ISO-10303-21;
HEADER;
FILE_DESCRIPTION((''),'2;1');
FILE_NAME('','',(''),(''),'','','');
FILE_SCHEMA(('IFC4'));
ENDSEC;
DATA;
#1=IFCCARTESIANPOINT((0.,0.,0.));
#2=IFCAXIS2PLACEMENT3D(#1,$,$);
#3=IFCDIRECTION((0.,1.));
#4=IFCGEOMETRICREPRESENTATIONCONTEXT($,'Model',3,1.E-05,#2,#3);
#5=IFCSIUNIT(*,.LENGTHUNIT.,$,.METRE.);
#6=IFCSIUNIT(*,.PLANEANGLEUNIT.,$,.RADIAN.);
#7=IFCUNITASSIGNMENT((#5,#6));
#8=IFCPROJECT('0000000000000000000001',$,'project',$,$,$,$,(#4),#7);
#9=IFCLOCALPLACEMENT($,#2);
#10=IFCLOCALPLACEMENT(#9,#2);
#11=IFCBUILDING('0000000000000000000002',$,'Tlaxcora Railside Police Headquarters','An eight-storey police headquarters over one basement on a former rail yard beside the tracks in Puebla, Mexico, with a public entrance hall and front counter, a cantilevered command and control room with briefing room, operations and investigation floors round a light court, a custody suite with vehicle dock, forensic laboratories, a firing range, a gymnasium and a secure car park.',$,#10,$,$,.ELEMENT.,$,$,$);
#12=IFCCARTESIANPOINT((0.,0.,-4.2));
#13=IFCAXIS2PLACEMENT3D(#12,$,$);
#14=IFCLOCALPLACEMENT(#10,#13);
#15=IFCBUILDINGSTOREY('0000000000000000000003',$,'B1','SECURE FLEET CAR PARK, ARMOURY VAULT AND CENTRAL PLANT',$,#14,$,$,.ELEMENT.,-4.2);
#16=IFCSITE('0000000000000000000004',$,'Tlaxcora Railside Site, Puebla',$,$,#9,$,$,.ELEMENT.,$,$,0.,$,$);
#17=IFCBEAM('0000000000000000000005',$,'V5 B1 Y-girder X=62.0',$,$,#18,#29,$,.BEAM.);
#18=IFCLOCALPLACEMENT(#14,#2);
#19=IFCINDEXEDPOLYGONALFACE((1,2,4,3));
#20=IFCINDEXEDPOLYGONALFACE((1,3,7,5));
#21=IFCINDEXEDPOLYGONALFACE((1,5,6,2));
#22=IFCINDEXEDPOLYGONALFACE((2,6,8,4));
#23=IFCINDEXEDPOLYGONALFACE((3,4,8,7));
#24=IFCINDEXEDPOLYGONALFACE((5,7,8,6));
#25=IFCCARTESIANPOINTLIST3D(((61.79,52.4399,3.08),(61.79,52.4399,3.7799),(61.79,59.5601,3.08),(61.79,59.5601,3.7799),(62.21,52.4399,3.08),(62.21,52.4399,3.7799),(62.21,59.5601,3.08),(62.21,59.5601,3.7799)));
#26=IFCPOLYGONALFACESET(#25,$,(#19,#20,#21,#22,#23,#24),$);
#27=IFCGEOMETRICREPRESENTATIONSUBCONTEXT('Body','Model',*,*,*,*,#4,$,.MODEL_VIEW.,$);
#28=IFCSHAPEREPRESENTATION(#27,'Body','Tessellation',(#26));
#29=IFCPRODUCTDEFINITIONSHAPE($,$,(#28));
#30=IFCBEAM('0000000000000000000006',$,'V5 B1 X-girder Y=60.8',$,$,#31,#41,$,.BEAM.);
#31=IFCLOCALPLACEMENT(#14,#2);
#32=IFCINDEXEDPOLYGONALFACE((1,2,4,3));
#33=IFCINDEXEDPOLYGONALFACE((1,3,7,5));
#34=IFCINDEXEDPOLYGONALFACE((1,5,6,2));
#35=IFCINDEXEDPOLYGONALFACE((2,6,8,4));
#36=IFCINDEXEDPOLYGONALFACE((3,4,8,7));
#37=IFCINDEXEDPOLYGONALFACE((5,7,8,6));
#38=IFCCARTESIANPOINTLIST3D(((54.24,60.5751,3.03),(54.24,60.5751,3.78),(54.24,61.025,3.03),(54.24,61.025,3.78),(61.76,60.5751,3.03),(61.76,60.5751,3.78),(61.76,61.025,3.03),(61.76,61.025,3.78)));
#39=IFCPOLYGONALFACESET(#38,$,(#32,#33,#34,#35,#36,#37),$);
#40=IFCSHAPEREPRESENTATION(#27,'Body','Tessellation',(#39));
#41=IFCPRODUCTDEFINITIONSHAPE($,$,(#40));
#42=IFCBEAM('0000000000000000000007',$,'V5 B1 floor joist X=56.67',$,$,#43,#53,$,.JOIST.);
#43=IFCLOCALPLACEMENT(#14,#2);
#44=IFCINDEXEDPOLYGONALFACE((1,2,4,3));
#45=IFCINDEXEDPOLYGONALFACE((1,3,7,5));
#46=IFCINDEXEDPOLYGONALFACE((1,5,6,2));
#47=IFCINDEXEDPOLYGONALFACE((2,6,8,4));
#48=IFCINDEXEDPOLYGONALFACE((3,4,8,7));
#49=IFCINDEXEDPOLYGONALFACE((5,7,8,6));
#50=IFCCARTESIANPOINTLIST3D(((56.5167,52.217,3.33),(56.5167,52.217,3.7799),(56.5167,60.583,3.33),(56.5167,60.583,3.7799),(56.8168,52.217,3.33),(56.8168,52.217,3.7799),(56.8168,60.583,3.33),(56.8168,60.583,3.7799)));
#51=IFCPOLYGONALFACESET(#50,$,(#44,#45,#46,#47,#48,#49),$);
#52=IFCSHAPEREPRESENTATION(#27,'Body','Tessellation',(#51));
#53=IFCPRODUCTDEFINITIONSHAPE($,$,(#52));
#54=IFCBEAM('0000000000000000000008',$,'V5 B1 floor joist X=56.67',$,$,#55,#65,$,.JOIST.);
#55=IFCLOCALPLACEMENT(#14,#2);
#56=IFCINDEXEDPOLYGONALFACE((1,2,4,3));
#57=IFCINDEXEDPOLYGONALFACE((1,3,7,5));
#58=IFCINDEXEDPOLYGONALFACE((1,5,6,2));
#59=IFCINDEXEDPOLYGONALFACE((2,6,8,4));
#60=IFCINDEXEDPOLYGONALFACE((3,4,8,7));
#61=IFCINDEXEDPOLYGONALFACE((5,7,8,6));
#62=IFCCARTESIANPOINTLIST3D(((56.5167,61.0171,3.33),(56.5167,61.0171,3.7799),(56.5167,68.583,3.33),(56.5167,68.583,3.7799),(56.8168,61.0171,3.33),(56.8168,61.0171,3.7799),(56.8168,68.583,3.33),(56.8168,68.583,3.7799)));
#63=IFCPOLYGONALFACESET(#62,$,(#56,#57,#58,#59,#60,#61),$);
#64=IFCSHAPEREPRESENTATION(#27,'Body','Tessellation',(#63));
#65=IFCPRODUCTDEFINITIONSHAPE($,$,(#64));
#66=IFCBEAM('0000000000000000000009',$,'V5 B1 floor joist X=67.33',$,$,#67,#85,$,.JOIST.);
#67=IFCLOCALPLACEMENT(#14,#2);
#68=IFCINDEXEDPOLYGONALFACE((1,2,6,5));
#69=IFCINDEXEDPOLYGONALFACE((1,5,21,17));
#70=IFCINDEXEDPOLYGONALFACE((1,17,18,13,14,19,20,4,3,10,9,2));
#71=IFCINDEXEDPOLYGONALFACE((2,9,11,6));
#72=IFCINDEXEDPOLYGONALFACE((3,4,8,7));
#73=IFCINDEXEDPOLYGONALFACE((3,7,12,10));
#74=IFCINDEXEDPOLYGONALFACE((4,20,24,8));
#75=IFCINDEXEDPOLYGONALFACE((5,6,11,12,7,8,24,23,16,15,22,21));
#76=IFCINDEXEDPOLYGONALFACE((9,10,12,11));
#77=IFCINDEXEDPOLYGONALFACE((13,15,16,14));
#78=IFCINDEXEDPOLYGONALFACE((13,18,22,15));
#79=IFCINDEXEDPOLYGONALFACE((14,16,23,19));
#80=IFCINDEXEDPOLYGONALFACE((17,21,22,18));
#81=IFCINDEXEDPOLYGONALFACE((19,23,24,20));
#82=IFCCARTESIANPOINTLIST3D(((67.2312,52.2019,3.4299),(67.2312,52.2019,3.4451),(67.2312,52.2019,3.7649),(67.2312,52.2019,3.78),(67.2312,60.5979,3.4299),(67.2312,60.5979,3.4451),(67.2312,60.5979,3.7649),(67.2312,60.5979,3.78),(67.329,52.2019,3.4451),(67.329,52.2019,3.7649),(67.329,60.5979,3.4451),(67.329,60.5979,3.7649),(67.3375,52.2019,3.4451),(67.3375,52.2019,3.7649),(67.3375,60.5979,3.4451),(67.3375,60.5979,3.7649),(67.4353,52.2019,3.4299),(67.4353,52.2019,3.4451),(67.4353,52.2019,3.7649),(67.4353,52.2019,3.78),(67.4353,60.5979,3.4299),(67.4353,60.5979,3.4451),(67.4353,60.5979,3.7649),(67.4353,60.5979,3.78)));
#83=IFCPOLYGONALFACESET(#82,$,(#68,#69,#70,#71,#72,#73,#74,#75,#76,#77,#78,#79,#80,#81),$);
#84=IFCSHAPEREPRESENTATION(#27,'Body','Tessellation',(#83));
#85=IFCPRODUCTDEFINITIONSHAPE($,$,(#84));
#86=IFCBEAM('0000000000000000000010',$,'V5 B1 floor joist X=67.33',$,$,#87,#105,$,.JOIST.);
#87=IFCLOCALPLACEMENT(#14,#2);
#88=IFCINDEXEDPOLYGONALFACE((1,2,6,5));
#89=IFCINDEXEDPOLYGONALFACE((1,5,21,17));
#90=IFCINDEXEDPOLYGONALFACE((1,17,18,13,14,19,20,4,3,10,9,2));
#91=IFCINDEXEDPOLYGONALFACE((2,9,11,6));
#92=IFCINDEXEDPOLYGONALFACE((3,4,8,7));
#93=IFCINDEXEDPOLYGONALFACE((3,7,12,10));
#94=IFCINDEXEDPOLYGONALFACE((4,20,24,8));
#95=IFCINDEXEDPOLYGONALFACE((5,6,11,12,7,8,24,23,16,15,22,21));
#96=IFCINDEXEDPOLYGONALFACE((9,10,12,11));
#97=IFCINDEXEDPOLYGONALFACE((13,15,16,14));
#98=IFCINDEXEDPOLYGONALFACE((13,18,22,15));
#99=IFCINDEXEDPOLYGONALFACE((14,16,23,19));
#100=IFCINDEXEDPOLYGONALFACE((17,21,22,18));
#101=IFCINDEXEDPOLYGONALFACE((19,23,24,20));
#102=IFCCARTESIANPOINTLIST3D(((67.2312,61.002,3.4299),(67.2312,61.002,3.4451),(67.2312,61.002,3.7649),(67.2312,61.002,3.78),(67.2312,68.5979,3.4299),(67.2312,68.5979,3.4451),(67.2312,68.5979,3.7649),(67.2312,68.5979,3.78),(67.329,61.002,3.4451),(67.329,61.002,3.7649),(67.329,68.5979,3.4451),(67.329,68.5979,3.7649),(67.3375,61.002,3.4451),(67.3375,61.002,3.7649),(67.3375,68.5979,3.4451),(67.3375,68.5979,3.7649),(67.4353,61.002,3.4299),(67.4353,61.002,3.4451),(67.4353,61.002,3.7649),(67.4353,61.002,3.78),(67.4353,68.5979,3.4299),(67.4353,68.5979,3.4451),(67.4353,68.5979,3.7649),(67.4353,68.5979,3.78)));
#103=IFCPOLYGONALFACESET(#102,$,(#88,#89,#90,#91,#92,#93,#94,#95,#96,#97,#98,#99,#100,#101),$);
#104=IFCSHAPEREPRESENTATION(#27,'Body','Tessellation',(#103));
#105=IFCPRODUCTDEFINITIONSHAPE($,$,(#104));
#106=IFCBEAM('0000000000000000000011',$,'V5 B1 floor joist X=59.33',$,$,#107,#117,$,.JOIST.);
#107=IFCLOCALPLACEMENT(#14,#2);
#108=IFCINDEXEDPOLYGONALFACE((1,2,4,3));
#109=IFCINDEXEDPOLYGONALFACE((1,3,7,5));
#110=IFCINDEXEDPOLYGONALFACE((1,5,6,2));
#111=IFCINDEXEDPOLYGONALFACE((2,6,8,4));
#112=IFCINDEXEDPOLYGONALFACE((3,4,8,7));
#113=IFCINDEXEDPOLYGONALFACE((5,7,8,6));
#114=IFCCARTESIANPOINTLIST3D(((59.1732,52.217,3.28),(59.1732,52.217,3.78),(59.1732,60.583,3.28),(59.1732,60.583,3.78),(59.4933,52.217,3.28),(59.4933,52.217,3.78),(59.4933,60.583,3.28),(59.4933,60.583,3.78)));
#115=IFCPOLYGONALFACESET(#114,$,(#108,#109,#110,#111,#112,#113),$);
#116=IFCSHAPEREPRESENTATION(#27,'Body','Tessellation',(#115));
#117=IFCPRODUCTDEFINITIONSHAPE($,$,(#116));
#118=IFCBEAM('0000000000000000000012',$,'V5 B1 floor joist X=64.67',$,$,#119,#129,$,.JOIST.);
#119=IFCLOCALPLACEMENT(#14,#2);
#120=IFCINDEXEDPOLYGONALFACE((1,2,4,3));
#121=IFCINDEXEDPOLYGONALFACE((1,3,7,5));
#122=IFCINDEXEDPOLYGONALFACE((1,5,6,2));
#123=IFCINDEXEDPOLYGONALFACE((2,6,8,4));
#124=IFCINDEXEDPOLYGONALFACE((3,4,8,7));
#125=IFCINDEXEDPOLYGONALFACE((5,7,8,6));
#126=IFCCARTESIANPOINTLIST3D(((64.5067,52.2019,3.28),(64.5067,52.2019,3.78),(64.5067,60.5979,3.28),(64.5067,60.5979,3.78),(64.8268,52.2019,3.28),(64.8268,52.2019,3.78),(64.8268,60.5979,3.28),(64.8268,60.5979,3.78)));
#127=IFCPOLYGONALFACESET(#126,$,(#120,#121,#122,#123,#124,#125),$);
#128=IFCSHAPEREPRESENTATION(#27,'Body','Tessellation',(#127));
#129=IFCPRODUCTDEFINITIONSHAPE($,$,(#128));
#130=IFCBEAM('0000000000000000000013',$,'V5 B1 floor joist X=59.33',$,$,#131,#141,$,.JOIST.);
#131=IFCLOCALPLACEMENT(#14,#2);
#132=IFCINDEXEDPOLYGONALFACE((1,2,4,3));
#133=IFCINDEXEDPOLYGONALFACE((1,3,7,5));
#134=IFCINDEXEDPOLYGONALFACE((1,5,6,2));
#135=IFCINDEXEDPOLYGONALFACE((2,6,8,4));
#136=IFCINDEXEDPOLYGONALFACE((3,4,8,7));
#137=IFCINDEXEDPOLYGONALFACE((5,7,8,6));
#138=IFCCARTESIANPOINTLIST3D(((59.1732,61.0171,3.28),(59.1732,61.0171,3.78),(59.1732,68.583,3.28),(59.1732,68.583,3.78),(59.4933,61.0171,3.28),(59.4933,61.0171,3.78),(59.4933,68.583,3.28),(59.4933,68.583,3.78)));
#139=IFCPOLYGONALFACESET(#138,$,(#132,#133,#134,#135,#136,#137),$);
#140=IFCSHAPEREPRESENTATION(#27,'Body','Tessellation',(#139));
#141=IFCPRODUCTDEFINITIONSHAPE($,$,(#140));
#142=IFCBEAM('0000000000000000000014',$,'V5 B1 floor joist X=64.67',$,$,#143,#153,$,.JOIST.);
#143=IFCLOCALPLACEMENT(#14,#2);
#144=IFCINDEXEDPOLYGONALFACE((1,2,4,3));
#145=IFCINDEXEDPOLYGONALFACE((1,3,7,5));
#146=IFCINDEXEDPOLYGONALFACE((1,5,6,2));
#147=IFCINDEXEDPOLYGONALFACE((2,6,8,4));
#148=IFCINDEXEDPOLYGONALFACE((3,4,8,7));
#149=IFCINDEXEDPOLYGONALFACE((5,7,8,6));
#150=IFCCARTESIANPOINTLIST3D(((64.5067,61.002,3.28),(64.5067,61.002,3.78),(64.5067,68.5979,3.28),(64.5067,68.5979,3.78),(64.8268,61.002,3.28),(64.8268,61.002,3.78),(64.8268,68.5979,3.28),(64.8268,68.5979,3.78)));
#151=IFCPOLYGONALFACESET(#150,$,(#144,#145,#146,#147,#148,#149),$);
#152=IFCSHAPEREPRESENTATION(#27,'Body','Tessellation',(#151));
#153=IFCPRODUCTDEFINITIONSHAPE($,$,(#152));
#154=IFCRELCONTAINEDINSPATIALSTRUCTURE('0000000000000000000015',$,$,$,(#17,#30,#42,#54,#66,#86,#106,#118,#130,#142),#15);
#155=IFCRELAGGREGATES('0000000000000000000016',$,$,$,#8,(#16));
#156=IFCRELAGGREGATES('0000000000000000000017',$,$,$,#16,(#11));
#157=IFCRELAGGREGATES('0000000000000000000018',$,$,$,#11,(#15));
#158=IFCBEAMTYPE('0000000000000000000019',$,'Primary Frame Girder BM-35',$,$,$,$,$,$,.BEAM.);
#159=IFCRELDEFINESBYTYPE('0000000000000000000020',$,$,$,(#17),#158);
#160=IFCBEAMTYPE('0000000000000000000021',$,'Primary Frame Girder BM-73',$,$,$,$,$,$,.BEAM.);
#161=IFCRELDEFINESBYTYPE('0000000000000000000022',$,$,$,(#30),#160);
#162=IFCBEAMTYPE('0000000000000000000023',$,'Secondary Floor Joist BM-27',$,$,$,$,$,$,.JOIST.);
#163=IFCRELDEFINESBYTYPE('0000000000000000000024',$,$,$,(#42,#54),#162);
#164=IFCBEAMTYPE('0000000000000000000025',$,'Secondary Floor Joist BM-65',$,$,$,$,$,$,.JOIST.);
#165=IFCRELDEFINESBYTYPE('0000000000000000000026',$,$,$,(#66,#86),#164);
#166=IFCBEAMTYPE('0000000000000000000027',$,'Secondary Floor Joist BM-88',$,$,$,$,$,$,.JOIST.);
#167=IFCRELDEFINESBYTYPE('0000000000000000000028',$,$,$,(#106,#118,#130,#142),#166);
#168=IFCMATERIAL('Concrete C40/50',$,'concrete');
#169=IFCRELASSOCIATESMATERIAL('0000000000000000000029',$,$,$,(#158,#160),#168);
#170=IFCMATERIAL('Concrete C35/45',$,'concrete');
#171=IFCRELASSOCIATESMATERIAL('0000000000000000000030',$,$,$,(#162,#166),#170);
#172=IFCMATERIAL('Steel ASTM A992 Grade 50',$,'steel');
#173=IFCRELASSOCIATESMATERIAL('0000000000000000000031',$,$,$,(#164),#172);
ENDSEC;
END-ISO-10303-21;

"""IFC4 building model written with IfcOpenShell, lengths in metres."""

from ifc_helpers import new_model, si_unit, direction, frame, origin, origin_2d, place, context, subcontext, project, spatial, rectangle, i_section, extrude, material, material_profile, profile_set, type_object, element, save


model = new_model("IFC4")

# Units and contexts
model_context = context("Model", 3, precision=1e-05, world=origin(), true_north=direction((0.0, 1.0)))
body_context = subcontext(model_context, "Body", "Model", "MODEL_VIEW")
ifc_project = project(units=[si_unit("LENGTHUNIT", "METRE"), si_unit("PLANEANGLEUNIT", "RADIAN")], contexts=[model_context])

# Site, building, storey
site_placement = place(None, origin())
site = spatial("IfcSite", under=ifc_project, at=site_placement, Name="Tlaxcora Railside Site, Puebla", CompositionType="ELEMENT", RefElevation=0.0)
building_placement = place(site_placement, origin())
building = spatial("IfcBuilding", under=site, at=building_placement, Name="Tlaxcora Railside Police Headquarters", Description="An eight-storey police headquarters over one basement on a former rail yard beside the tracks in Puebla, Mexico, with a public entrance hall and front counter, a cantilevered command and control room with briefing room, operations and investigation floors round a light court, a custody suite with vehicle dock, forensic laboratories, a firing range, a gymnasium and a secure car park.", CompositionType="ELEMENT")
storey_placement = place(building_placement, frame((0.0, 0.0, -4.2)))
storey = spatial("IfcBuildingStorey", under=building, at=storey_placement, Name="B1", Description="SECURE FLEET CAR PARK, ARMOURY VAULT AND CENTRAL PLANT", CompositionType="ELEMENT", Elevation=-4.2)

# Shared definitions
ifc_material_1 = material(Name="Concrete C35/45", Category="concrete")

# Shared definitions
ifc_material_2 = material(Name="Concrete C40/50", Category="concrete")

# Beams
ifc_material_profile_1 = material_profile(ifc_material_2, rectangle(XDim=0.4199, YDim=0.7, at=origin_2d()), Name="RC420X700")
ifc_profile_set_1 = profile_set([ifc_material_profile_1], Name="Concrete C40/50")
beam_type_1 = type_object("IfcBeamType", Name="Primary Frame Girder BM-35", PredefinedType="BEAM", material=ifc_profile_set_1)
beam_1_placement = place(storey_placement, frame((62.0, 52.4399, 3.4299), z_axis=(0.0, 1.0, 0.0), x_axis=(-1.0, 0.0, 0.0)))
element("IfcBeam", 1, at=beam_1_placement, inside=storey, type_object=beam_type_1, Name="V5 B1 Y-girder X=62.0", PredefinedType="BEAM", context=body_context, shape_type="SweptSolid", body=[
    extrude(rectangle(XDim=0.4199, YDim=0.7, at=origin_2d()), origin(), (0.0, 0.0, 1.0), 7.1201),
])
ifc_material_profile_2 = material_profile(ifc_material_2, rectangle(XDim=0.45, YDim=0.75, at=origin_2d()), Name="RC450X750")
ifc_profile_set_2 = profile_set([ifc_material_profile_2], Name="Concrete C40/50")
beam_type_2 = type_object("IfcBeamType", Name="Primary Frame Girder BM-73", PredefinedType="BEAM", material=ifc_profile_set_2)
beam_2_placement = place(storey_placement, frame((54.24, 60.8, 3.405), z_axis=(1.0, 0.0, 0.0), x_axis=(0.0, 1.0, 0.0)))
element("IfcBeam", 2, at=beam_2_placement, inside=storey, type_object=beam_type_2, Name="V5 B1 X-girder Y=60.8", PredefinedType="BEAM", context=body_context, shape_type="SweptSolid", body=[
    extrude(rectangle(XDim=0.45, YDim=0.75, at=origin_2d()), origin(), (0.0, 0.0, 1.0), 7.52),
])
ifc_material_profile_3 = material_profile(ifc_material_1, rectangle(XDim=0.3, YDim=0.45, at=origin_2d()), Name="RC300X450")
ifc_profile_set_3 = profile_set([ifc_material_profile_3], Name="Concrete C35/45")
beam_type_3 = type_object("IfcBeamType", Name="Secondary Floor Joist BM-27", PredefinedType="JOIST", material=ifc_profile_set_3)
beam_3_placement = place(storey_placement, frame((56.6667, 52.217, 3.5549), z_axis=(0.0, 1.0, 0.0), x_axis=(-1.0, 0.0, 0.0)))
element("IfcBeam", 3, at=beam_3_placement, inside=storey, type_object=beam_type_3, Name="V5 B1 floor joist X=56.67", PredefinedType="JOIST", context=body_context, shape_type="SweptSolid", body=[
    extrude(rectangle(XDim=0.3, YDim=0.45, at=origin_2d()), origin(), (0.0, 0.0, 1.0), 8.366),
])
beam_4_placement = place(storey_placement, frame((56.6667, 61.0171, 3.5549), z_axis=(0.0, 1.0, 0.0), x_axis=(-1.0, 0.0, 0.0)))
element("IfcBeam", 4, at=beam_4_placement, inside=storey, type_object=beam_type_3, Name="V5 B1 floor joist X=56.67", PredefinedType="JOIST", context=body_context, shape_type="SweptSolid", body=[
    extrude(rectangle(XDim=0.3, YDim=0.45, at=origin_2d()), origin(), (0.0, 0.0, 1.0), 7.5659),
])
ifc_material_3 = material(Name="Steel ASTM A992 Grade 50", Category="steel")
ifc_material_profile_4 = material_profile(ifc_material_3, i_section(OverallWidth=0.2041, OverallDepth=0.3501, WebThickness=0.0085, FlangeThickness=0.0151, at=origin_2d()), Name="W14X48")
ifc_profile_set_4 = profile_set([ifc_material_profile_4], Name="Steel ASTM A992 Grade 50")
beam_type_4 = type_object("IfcBeamType", Name="Secondary Floor Joist BM-65", PredefinedType="JOIST", material=ifc_profile_set_4)
beam_5_placement = place(storey_placement, frame((67.3333, 52.2019, 3.605), z_axis=(0.0, 1.0, 0.0), x_axis=(-1.0, 0.0, 0.0)))
element("IfcBeam", 5, at=beam_5_placement, inside=storey, type_object=beam_type_4, Name="V5 B1 floor joist X=67.33", PredefinedType="JOIST", context=body_context, shape_type="SweptSolid", body=[
    extrude(i_section(OverallWidth=0.2041, OverallDepth=0.3501, WebThickness=0.0085, FlangeThickness=0.0151, at=origin_2d()), origin(), (0.0, 0.0, 1.0), 8.396),
])
beam_6_placement = place(storey_placement, frame((67.3333, 61.002, 3.605), z_axis=(0.0, 1.0, 0.0), x_axis=(-1.0, 0.0, 0.0)))
element("IfcBeam", 6, at=beam_6_placement, inside=storey, type_object=beam_type_4, Name="V5 B1 floor joist X=67.33", PredefinedType="JOIST", context=body_context, shape_type="SweptSolid", body=[
    extrude(i_section(OverallWidth=0.2041, OverallDepth=0.3501, WebThickness=0.0085, FlangeThickness=0.0151, at=origin_2d()), origin(), (0.0, 0.0, 1.0), 7.5959),
])
ifc_material_profile_5 = material_profile(ifc_material_1, rectangle(XDim=0.3201, YDim=0.5, at=origin_2d()), Name="RC320X500")
ifc_profile_set_5 = profile_set([ifc_material_profile_5], Name="Concrete C35/45")
beam_type_5 = type_object("IfcBeamType", Name="Secondary Floor Joist BM-88", PredefinedType="JOIST", material=ifc_profile_set_5)
beam_7_placement = place(storey_placement, frame((59.3333, 52.217, 3.53), z_axis=(0.0, 1.0, 0.0), x_axis=(-1.0, 0.0, 0.0)))
element("IfcBeam", 7, at=beam_7_placement, inside=storey, type_object=beam_type_5, Name="V5 B1 floor joist X=59.33", PredefinedType="JOIST", context=body_context, shape_type="SweptSolid", body=[
    extrude(rectangle(XDim=0.3201, YDim=0.5, at=origin_2d()), origin(), (0.0, 0.0, 1.0), 8.366),
])
beam_8_placement = place(storey_placement, frame((64.6667, 52.2019, 3.53), z_axis=(0.0, 1.0, 0.0), x_axis=(-1.0, 0.0, 0.0)))
element("IfcBeam", 8, at=beam_8_placement, inside=storey, type_object=beam_type_5, Name="V5 B1 floor joist X=64.67", PredefinedType="JOIST", context=body_context, shape_type="SweptSolid", body=[
    extrude(rectangle(XDim=0.3201, YDim=0.5, at=origin_2d()), origin(), (0.0, 0.0, 1.0), 8.396),
])
beam_9_placement = place(storey_placement, frame((59.3333, 61.0171, 3.53), z_axis=(0.0, 1.0, 0.0), x_axis=(-1.0, 0.0, 0.0)))
element("IfcBeam", 9, at=beam_9_placement, inside=storey, type_object=beam_type_5, Name="V5 B1 floor joist X=59.33", PredefinedType="JOIST", context=body_context, shape_type="SweptSolid", body=[
    extrude(rectangle(XDim=0.3201, YDim=0.5, at=origin_2d()), origin(), (0.0, 0.0, 1.0), 7.5659),
])
beam_10_placement = place(storey_placement, frame((64.6667, 61.002, 3.53), z_axis=(0.0, 1.0, 0.0), x_axis=(-1.0, 0.0, 0.0)))
element("IfcBeam", 10, at=beam_10_placement, inside=storey, type_object=beam_type_5, Name="V5 B1 floor joist X=64.67", PredefinedType="JOIST", context=body_context, shape_type="SweptSolid", body=[
    extrude(rectangle(XDim=0.3201, YDim=0.5, at=origin_2d()), origin(), (0.0, 0.0, 1.0), 7.5959),
])

save(model, "model.ifc")
